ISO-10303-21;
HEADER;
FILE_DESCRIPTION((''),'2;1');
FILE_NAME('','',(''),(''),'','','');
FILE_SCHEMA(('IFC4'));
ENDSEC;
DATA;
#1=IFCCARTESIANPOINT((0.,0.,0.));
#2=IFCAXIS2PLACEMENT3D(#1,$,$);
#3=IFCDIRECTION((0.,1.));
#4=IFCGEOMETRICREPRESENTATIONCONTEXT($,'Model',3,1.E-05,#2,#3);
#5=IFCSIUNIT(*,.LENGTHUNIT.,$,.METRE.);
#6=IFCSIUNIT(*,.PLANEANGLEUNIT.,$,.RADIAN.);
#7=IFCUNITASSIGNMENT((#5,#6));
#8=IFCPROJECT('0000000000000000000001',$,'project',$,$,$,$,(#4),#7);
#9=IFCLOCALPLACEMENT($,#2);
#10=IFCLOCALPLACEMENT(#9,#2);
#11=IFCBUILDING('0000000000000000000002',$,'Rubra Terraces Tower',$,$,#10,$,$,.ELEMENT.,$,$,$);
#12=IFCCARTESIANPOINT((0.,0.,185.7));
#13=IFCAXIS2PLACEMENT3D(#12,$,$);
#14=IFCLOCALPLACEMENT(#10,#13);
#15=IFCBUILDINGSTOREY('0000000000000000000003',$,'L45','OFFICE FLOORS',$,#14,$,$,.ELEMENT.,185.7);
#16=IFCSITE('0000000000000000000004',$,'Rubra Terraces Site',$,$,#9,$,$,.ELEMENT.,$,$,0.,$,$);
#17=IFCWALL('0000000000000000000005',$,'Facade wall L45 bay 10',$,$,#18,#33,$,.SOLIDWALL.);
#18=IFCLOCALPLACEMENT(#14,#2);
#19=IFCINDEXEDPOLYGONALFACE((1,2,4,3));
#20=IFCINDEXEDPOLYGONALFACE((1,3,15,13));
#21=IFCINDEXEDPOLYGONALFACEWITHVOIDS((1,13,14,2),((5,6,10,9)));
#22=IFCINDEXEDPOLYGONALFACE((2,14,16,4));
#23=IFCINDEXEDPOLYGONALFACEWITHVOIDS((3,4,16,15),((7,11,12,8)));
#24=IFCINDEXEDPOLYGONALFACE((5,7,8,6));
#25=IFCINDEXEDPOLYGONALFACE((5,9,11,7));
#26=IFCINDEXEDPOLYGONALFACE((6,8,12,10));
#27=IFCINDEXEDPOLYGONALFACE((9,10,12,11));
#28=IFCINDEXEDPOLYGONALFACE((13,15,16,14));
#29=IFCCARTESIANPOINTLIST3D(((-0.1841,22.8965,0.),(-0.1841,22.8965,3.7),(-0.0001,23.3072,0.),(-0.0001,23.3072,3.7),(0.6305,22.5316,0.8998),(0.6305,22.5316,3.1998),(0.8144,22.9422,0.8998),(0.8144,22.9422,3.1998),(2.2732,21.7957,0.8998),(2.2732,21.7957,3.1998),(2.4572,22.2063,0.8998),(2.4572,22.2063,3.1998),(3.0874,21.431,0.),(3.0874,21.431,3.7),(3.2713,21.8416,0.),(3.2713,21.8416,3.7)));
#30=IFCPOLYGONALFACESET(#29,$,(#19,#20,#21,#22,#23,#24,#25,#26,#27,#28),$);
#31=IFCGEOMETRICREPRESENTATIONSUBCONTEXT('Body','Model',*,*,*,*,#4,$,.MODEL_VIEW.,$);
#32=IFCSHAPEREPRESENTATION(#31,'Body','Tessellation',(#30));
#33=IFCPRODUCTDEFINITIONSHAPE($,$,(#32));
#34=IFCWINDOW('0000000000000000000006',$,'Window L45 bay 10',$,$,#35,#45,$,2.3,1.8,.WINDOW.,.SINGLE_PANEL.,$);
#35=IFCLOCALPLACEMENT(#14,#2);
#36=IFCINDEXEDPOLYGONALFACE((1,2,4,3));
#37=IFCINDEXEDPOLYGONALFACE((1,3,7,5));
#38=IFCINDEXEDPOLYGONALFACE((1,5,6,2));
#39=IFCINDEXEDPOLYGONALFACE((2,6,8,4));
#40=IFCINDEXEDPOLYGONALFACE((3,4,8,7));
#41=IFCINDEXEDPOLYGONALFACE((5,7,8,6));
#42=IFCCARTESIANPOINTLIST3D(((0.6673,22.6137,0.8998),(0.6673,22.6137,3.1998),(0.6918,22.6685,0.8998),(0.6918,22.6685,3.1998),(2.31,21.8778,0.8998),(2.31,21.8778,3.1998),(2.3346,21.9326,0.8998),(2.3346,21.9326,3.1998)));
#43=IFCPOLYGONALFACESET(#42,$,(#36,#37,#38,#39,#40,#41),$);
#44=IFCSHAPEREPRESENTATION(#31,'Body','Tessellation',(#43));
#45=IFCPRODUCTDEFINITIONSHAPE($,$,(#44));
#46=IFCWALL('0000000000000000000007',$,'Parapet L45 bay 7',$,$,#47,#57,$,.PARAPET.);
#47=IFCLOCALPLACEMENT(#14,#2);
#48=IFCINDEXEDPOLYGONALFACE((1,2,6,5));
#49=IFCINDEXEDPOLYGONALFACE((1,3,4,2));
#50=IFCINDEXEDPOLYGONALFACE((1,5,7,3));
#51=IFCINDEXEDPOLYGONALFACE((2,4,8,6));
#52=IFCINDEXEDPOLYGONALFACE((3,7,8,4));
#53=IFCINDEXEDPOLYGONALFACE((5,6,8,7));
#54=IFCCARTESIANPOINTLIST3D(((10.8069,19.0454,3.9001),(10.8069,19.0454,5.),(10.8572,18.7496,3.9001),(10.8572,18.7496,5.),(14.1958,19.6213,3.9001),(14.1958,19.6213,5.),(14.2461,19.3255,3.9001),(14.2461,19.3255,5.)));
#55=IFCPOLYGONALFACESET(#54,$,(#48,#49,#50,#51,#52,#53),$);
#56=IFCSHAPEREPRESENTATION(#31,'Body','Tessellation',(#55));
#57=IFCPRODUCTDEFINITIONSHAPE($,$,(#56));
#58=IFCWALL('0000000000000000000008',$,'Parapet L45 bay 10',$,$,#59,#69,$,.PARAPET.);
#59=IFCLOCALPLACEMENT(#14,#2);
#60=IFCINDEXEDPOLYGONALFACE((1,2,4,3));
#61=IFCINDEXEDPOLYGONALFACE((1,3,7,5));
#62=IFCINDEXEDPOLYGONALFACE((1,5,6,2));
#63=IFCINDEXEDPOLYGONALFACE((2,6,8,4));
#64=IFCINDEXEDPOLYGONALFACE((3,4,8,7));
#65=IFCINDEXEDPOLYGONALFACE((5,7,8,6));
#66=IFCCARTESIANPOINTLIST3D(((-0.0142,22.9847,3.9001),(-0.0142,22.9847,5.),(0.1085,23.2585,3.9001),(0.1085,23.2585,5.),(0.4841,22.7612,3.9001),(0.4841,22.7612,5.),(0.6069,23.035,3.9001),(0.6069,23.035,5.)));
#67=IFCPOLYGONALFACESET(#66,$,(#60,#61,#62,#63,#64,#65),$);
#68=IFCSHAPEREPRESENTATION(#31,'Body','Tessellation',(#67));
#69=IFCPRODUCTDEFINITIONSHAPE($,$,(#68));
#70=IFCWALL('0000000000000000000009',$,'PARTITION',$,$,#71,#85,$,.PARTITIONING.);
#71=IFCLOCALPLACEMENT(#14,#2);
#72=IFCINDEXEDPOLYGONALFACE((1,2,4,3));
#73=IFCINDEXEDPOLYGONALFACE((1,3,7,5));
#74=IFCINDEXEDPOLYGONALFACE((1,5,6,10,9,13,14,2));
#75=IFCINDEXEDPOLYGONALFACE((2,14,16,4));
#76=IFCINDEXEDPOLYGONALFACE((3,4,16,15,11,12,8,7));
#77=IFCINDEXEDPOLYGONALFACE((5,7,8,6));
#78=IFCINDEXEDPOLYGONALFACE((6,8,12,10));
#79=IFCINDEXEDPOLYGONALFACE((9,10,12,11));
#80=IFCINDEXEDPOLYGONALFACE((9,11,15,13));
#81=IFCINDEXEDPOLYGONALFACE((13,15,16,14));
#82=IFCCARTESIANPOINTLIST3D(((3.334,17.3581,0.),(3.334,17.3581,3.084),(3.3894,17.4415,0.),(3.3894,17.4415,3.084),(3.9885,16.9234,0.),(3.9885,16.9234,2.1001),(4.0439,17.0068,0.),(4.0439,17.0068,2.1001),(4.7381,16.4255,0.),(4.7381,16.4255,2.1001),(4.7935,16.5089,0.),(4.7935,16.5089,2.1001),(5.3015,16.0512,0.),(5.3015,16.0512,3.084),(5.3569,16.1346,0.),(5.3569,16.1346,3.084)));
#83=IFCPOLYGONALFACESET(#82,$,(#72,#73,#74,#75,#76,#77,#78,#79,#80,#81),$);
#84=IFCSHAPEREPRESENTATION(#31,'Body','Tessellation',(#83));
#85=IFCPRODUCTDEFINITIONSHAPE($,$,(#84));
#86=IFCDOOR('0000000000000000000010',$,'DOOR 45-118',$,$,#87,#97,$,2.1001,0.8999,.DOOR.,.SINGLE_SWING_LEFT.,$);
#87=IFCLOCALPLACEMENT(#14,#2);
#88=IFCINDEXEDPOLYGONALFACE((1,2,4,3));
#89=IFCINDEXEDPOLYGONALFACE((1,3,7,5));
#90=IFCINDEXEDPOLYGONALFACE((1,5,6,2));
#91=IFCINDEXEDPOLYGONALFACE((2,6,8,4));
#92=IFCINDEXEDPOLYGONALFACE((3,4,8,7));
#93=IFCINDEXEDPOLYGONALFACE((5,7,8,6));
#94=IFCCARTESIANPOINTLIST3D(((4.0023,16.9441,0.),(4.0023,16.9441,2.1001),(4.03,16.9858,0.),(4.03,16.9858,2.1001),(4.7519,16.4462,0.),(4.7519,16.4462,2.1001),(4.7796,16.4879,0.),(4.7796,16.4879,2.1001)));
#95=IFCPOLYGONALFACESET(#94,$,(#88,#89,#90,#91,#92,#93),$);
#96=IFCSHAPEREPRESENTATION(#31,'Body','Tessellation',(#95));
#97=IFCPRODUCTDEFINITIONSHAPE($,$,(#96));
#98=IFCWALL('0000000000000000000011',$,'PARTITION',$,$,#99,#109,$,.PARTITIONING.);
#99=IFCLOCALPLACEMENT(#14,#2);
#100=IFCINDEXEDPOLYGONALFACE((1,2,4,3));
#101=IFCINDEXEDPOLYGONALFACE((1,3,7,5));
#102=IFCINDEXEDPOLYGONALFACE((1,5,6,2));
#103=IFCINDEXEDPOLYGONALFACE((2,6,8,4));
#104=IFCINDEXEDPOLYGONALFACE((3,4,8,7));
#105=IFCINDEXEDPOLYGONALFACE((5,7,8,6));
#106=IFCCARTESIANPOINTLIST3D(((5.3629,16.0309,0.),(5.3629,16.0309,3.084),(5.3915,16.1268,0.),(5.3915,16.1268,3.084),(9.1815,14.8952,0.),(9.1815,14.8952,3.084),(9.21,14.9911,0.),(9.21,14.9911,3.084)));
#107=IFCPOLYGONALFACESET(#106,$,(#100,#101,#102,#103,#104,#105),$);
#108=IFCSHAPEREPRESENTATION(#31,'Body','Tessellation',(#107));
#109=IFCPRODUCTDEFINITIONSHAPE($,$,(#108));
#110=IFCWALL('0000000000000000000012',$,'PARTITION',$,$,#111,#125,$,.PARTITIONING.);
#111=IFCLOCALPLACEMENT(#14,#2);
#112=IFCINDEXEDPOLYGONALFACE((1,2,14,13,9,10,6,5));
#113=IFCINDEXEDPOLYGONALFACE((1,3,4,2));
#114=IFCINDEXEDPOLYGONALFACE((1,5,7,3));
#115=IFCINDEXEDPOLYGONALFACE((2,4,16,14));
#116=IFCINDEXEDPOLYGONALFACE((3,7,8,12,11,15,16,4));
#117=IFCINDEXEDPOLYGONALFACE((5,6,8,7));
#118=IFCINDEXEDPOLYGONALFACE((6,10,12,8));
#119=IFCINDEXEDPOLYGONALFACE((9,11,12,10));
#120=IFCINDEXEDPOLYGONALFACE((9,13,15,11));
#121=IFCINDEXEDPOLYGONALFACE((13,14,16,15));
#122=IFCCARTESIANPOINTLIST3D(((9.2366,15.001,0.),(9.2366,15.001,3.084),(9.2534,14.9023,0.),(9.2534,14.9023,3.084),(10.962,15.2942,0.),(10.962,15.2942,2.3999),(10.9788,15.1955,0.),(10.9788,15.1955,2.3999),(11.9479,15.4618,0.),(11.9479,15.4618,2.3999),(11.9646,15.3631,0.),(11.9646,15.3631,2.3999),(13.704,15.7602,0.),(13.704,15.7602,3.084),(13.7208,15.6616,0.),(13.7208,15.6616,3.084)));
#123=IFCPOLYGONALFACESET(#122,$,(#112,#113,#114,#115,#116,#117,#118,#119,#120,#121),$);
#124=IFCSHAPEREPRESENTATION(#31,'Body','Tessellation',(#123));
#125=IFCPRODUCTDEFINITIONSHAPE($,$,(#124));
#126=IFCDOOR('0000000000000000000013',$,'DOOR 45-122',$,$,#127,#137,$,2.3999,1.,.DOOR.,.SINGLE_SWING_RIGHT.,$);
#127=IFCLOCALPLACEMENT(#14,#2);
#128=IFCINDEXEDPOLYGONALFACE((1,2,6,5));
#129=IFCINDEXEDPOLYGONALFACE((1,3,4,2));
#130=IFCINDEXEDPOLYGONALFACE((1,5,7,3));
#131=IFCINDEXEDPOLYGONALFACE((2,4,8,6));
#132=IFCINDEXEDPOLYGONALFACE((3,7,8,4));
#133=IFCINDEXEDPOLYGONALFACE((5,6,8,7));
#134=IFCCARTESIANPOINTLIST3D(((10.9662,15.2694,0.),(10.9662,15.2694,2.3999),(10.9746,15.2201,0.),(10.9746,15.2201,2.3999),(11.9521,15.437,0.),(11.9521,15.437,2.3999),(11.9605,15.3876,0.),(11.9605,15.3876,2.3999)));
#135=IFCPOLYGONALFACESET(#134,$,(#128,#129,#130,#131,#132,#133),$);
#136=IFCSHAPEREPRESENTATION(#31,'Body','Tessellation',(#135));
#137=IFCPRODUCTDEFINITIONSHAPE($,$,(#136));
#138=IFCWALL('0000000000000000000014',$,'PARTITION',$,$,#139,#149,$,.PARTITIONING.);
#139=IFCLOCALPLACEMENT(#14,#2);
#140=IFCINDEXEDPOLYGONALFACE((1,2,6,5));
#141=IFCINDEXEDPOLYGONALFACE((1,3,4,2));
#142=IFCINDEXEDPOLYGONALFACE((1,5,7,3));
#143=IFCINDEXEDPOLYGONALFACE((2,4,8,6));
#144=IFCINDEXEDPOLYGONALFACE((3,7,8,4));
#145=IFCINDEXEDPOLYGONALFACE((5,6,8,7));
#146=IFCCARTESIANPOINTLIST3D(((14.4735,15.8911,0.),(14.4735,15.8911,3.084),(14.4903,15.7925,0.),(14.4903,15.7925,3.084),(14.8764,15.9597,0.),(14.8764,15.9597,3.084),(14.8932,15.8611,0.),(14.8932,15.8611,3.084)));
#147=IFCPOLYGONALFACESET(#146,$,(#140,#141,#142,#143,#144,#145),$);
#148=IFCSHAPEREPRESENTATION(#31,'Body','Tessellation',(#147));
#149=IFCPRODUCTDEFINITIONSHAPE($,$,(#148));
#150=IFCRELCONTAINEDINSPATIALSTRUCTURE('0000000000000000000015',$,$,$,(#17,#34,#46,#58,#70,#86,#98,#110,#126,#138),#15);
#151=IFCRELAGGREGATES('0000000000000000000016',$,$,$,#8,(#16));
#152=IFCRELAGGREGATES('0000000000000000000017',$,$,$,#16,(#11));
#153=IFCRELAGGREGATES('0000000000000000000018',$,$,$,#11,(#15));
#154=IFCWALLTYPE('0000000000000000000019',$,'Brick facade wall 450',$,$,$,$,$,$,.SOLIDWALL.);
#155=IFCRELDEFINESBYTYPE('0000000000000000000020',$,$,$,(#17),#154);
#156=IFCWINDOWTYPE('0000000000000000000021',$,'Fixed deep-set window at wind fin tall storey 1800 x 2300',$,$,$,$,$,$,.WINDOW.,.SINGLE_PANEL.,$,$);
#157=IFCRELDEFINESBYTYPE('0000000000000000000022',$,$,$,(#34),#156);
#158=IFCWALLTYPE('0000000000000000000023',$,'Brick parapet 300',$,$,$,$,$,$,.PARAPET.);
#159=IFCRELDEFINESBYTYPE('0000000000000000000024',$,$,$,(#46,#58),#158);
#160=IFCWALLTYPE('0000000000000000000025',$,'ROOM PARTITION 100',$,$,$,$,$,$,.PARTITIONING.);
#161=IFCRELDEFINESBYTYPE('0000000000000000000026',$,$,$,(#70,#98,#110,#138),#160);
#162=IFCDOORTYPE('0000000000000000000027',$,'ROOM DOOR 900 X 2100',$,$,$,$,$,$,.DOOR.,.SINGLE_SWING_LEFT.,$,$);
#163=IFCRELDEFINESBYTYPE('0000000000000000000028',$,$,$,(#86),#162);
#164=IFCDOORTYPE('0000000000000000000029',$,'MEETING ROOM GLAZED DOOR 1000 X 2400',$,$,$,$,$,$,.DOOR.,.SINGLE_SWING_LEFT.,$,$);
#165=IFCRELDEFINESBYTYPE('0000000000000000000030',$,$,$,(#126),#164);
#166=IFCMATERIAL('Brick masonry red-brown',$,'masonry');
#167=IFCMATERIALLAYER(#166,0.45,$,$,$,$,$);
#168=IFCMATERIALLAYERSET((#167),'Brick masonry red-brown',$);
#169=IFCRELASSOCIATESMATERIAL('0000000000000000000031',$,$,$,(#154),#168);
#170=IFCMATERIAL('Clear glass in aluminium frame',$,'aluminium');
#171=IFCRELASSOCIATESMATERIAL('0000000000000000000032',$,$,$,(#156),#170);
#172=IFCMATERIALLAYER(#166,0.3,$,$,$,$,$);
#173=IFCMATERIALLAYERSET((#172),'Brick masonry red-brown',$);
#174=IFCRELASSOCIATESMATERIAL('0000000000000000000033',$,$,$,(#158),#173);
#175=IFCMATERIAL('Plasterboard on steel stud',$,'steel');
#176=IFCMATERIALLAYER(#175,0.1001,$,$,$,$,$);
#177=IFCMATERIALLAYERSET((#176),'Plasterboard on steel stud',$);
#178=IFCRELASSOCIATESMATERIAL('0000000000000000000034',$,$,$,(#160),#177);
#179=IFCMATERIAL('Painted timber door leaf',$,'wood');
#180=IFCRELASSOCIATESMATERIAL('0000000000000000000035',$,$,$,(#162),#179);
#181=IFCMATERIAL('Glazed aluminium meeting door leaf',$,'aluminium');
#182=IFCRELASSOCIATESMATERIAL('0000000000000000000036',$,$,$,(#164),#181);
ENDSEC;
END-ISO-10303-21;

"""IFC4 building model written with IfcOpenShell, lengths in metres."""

from ifc_helpers import new_model, si_unit, direction, frame, frame_2d, origin, place, context, subcontext, project, spatial, rectangle, extrude, material, layer, layer_set, type_object, element, fill, save


model = new_model("IFC4")

# Units and contexts
model_context = context("Model", 3, precision=1e-05, world=origin(), true_north=direction((0.0, 1.0)))
body_context = subcontext(model_context, "Body", "Model", "MODEL_VIEW")
ifc_project = project(units=[si_unit("LENGTHUNIT", "METRE"), si_unit("PLANEANGLEUNIT", "RADIAN")], contexts=[model_context])

# Site, building, storey
site_placement = place(None, origin())
site = spatial("IfcSite", under=ifc_project, at=site_placement, Name="Rubra Terraces Site", CompositionType="ELEMENT", RefElevation=0.0)
building_placement = place(site_placement, origin())
building = spatial("IfcBuilding", under=site, at=building_placement, Name="Rubra Terraces Tower", CompositionType="ELEMENT")
storey_placement = place(building_placement, frame((0.0, 0.0, 185.7)))
storey = spatial("IfcBuildingStorey", under=building, at=storey_placement, Name="L45", Description="OFFICE FLOORS", CompositionType="ELEMENT", Elevation=185.7)

# Wall, opening, window
ifc_material_1 = material(Name="Brick masonry red-brown", Category="masonry")
ifc_layer_1 = layer(ifc_material_1, 0.45)
ifc_layer_set_1 = layer_set([ifc_layer_1], Name="Brick masonry red-brown")
wall_type_1 = type_object("IfcWallType", Name="Brick facade wall 450", PredefinedType="SOLIDWALL", material=ifc_layer_set_1)
ifc_material_2 = material(Name="Clear glass in aluminium frame", Category="aluminium")
wall_1_placement = place(storey_placement, frame((3.1794, 21.6362, 0.0), z_axis=(0.0, 0.0, 1.0), x_axis=(-0.912608, 0.408835, 0.0)))
wall_1 = element("IfcWall", 1, at=wall_1_placement, inside=storey, type_object=wall_type_1, Name="Facade wall L45 bay 10", PredefinedType="SOLIDWALL", context=body_context, shape_type="SweptSolid", body=[
    extrude(rectangle(XDim=3.5847, YDim=0.45, at=frame_2d((1.7925, 0.0))), origin(), (0.0, 0.0, 1.0), 3.7),
])
opening_1_placement = place(wall_1_placement, frame((0.8923, 0.0, 0.8999)))
opening_1 = element("IfcOpeningElement", 2, at=opening_1_placement, cuts=wall_1, PredefinedType="OPENING", context=body_context, shape_type="SweptSolid", body=[
    extrude(rectangle(XDim=1.8, YDim=2.3, at=frame_2d((0.8999, 1.1499))), frame((0.0, 0.2349, 0.0), z_axis=(0.0, -1.0, 0.0), x_axis=(1.0, 0.0, 0.0)), (0.0, 0.0, 1.0), 0.47),
])
window_type_1 = type_object("IfcWindowType", Name="Fixed deep-set window at wind fin tall storey 1800 x 2300", PartitioningType="SINGLE_PANEL", PredefinedType="WINDOW", material=ifc_material_2)
window_1_placement = place(opening_1_placement, origin())
window_1 = element("IfcWindow", 3, at=window_1_placement, inside=storey, type_object=window_type_1, Name="Window L45 bay 10", OverallHeight=2.3, OverallWidth=1.8, PartitioningType="SINGLE_PANEL", PredefinedType="WINDOW", context=body_context, shape_type="SweptSolid", body=[
    extrude(rectangle(XDim=1.8, YDim=2.3, at=frame_2d((0.8999, 1.1499))), frame((0.0, 0.135, 0.0), z_axis=(0.0, -1.0, 0.0), x_axis=(1.0, 0.0, 0.0)), (0.0, 0.0, 1.0), 0.0601),
])
fill(opening_1, window_1)

# Walls
ifc_layer_2 = layer(ifc_material_1, 0.3)
ifc_layer_set_2 = layer_set([ifc_layer_2], Name="Brick masonry red-brown")
wall_type_2 = type_object("IfcWallType", Name="Brick parapet 300", PredefinedType="PARAPET", material=ifc_layer_set_2)
wall_2_placement = place(storey_placement, frame((14.2209, 19.4734, 3.9001), z_axis=(0.0, 0.0, 1.0), x_axis=(-0.985865, -0.167542, 0.0)))
element("IfcWall", 4, at=wall_2_placement, inside=storey, type_object=wall_type_2, Name="Parapet L45 bay 7", PredefinedType="PARAPET", context=body_context, shape_type="SweptSolid", body=[
    extrude(rectangle(XDim=3.4375, YDim=0.3, at=frame_2d((1.7188, 0.0))), origin(), (0.0, 0.0, 1.0), 1.0999),
])
wall_3_placement = place(storey_placement, frame((0.5454, 22.8982, 3.9001), z_axis=(0.0, 0.0, 1.0), x_axis=(-0.912498, 0.409082, 0.0)))
element("IfcWall", 5, at=wall_3_placement, inside=storey, type_object=wall_type_2, Name="Parapet L45 bay 10", PredefinedType="PARAPET", context=body_context, shape_type="SweptSolid", body=[
    extrude(rectangle(XDim=0.5461, YDim=0.3, at=frame_2d((0.2729, 0.0))), origin(), (0.0, 0.0, 1.0), 1.0999),
])

# Wall, opening, door
ifc_material_3 = material(Name="Plasterboard on steel stud", Category="steel")
ifc_layer_3 = layer(ifc_material_3, 0.1001)
ifc_layer_set_3 = layer_set([ifc_layer_3], Name="Plasterboard on steel stud")
wall_type_3 = type_object("IfcWallType", Name="ROOM PARTITION 100", PredefinedType="PARTITIONING", material=ifc_layer_set_3)
wall_4_placement = place(storey_placement, frame((3.3616, 17.3999, 0.0), z_axis=(0.0, 0.0, 1.0), x_axis=(0.832987, -0.553292, 0.0)))
wall_4 = element("IfcWall", 6, at=wall_4_placement, inside=storey, type_object=wall_type_3, Name="PARTITION", PredefinedType="PARTITIONING", context=body_context, shape_type="SweptSolid", body=[
    extrude(rectangle(XDim=2.3621, YDim=0.1001, at=frame_2d((1.1812, 0.0))), origin(), (0.0, 0.0, 1.0), 3.084),
])
opening_2_placement = place(wall_4_placement, frame((0.7859, 0.0, 0.0)))
opening_2 = element("IfcOpeningElement", 7, at=opening_2_placement, cuts=wall_4, PredefinedType="OPENING", context=body_context, shape_type="SweptSolid", body=[
    extrude(rectangle(XDim=0.8999, YDim=2.1001, at=frame_2d((0.45, 1.05))), frame((0.0, 0.0601, 0.0), z_axis=(0.0, -1.0, 0.0), x_axis=(1.0, 0.0, 0.0)), (0.0, 0.0, 1.0), 0.1201),
])
ifc_material_4 = material(Name="Painted timber door leaf", Category="wood")
door_type_1 = type_object("IfcDoorType", Name="ROOM DOOR 900 X 2100", OperationType="SINGLE_SWING_LEFT", PredefinedType="DOOR", material=ifc_material_4)
door_1_placement = place(opening_2_placement, origin())
door_1 = element("IfcDoor", 8, at=door_1_placement, inside=storey, type_object=door_type_1, Name="DOOR 45-118", OperationType="SINGLE_SWING_LEFT", OverallHeight=2.1001, OverallWidth=0.8999, PredefinedType="DOOR", context=body_context, shape_type="SweptSolid", body=[
    extrude(rectangle(XDim=0.8999, YDim=2.1001, at=frame_2d((0.45, 1.05))), frame((0.0, 0.0249, 0.0), z_axis=(0.0, -1.0, 0.0), x_axis=(1.0, 0.0, 0.0)), (0.0, 0.0, 1.0), 0.05),
])
fill(opening_2, door_1)

# Wall
wall_5_placement = place(storey_placement, frame((5.3772, 16.0789, 0.0), z_axis=(0.0, 0.0, 1.0), x_axis=(0.958503, -0.285081, 0.0)))
element("IfcWall", 9, at=wall_5_placement, inside=storey, type_object=wall_type_3, Name="PARTITION", PredefinedType="PARTITIONING", context=body_context, shape_type="SweptSolid", body=[
    extrude(rectangle(XDim=3.9839, YDim=0.1001, at=frame_2d((1.9919, 0.0))), origin(), (0.0, 0.0, 1.0), 3.084),
])

# Wall, opening, door
wall_6_placement = place(storey_placement, frame((9.2451, 14.9517, 0.0), z_axis=(0.0, 0.0, 1.0), x_axis=(0.985863, 0.167552, 0.0)))
wall_6 = element("IfcWall", 10, at=wall_6_placement, inside=storey, type_object=wall_type_3, Name="PARTITION", PredefinedType="PARTITIONING", context=body_context, shape_type="SweptSolid", body=[
    extrude(rectangle(XDim=4.5315, YDim=0.1001, at=frame_2d((2.2656, 0.0))), origin(), (0.0, 0.0, 1.0), 3.084),
])
opening_3_placement = place(wall_6_placement, frame((1.75, 0.0, 0.0)))
opening_3 = element("IfcOpeningElement", 11, at=opening_3_placement, cuts=wall_6, PredefinedType="OPENING", context=body_context, shape_type="SweptSolid", body=[
    extrude(rectangle(XDim=1.0, YDim=2.3999, at=frame_2d((0.5, 1.2))), frame((0.0, 0.0601, 0.0), z_axis=(0.0, -1.0, 0.0), x_axis=(1.0, 0.0, 0.0)), (0.0, 0.0, 1.0), 0.1201),
])
ifc_material_5 = material(Name="Glazed aluminium meeting door leaf", Category="aluminium")
door_type_2 = type_object("IfcDoorType", Name="MEETING ROOM GLAZED DOOR 1000 X 2400", OperationType="SINGLE_SWING_LEFT", PredefinedType="DOOR", material=ifc_material_5)
door_2_placement = place(opening_3_placement, origin())
door_2 = element("IfcDoor", 12, at=door_2_placement, inside=storey, type_object=door_type_2, Name="DOOR 45-122", OperationType="SINGLE_SWING_RIGHT", OverallHeight=2.3999, OverallWidth=1.0, PredefinedType="DOOR", context=body_context, shape_type="SweptSolid", body=[
    extrude(rectangle(XDim=1.0, YDim=2.3999, at=frame_2d((0.5, 1.2))), frame((0.0, 0.0249, 0.0), z_axis=(0.0, -1.0, 0.0), x_axis=(1.0, 0.0, 0.0)), (0.0, 0.0, 1.0), 0.05),
])
fill(opening_3, door_2)

# Wall
wall_7_placement = place(storey_placement, frame((14.4819, 15.8418, 0.0), z_axis=(0.0, 0.0, 1.0), x_axis=(0.985806, 0.167886, 0.0)))
element("IfcWall", 13, at=wall_7_placement, inside=storey, type_object=wall_type_3, Name="PARTITION", PredefinedType="PARTITIONING", context=body_context, shape_type="SweptSolid", body=[
    extrude(rectangle(XDim=0.4087, YDim=0.1001, at=frame_2d((0.2043, 0.0))), origin(), (0.0, 0.0, 1.0), 3.084),
])

save(model, "model.ifc")
